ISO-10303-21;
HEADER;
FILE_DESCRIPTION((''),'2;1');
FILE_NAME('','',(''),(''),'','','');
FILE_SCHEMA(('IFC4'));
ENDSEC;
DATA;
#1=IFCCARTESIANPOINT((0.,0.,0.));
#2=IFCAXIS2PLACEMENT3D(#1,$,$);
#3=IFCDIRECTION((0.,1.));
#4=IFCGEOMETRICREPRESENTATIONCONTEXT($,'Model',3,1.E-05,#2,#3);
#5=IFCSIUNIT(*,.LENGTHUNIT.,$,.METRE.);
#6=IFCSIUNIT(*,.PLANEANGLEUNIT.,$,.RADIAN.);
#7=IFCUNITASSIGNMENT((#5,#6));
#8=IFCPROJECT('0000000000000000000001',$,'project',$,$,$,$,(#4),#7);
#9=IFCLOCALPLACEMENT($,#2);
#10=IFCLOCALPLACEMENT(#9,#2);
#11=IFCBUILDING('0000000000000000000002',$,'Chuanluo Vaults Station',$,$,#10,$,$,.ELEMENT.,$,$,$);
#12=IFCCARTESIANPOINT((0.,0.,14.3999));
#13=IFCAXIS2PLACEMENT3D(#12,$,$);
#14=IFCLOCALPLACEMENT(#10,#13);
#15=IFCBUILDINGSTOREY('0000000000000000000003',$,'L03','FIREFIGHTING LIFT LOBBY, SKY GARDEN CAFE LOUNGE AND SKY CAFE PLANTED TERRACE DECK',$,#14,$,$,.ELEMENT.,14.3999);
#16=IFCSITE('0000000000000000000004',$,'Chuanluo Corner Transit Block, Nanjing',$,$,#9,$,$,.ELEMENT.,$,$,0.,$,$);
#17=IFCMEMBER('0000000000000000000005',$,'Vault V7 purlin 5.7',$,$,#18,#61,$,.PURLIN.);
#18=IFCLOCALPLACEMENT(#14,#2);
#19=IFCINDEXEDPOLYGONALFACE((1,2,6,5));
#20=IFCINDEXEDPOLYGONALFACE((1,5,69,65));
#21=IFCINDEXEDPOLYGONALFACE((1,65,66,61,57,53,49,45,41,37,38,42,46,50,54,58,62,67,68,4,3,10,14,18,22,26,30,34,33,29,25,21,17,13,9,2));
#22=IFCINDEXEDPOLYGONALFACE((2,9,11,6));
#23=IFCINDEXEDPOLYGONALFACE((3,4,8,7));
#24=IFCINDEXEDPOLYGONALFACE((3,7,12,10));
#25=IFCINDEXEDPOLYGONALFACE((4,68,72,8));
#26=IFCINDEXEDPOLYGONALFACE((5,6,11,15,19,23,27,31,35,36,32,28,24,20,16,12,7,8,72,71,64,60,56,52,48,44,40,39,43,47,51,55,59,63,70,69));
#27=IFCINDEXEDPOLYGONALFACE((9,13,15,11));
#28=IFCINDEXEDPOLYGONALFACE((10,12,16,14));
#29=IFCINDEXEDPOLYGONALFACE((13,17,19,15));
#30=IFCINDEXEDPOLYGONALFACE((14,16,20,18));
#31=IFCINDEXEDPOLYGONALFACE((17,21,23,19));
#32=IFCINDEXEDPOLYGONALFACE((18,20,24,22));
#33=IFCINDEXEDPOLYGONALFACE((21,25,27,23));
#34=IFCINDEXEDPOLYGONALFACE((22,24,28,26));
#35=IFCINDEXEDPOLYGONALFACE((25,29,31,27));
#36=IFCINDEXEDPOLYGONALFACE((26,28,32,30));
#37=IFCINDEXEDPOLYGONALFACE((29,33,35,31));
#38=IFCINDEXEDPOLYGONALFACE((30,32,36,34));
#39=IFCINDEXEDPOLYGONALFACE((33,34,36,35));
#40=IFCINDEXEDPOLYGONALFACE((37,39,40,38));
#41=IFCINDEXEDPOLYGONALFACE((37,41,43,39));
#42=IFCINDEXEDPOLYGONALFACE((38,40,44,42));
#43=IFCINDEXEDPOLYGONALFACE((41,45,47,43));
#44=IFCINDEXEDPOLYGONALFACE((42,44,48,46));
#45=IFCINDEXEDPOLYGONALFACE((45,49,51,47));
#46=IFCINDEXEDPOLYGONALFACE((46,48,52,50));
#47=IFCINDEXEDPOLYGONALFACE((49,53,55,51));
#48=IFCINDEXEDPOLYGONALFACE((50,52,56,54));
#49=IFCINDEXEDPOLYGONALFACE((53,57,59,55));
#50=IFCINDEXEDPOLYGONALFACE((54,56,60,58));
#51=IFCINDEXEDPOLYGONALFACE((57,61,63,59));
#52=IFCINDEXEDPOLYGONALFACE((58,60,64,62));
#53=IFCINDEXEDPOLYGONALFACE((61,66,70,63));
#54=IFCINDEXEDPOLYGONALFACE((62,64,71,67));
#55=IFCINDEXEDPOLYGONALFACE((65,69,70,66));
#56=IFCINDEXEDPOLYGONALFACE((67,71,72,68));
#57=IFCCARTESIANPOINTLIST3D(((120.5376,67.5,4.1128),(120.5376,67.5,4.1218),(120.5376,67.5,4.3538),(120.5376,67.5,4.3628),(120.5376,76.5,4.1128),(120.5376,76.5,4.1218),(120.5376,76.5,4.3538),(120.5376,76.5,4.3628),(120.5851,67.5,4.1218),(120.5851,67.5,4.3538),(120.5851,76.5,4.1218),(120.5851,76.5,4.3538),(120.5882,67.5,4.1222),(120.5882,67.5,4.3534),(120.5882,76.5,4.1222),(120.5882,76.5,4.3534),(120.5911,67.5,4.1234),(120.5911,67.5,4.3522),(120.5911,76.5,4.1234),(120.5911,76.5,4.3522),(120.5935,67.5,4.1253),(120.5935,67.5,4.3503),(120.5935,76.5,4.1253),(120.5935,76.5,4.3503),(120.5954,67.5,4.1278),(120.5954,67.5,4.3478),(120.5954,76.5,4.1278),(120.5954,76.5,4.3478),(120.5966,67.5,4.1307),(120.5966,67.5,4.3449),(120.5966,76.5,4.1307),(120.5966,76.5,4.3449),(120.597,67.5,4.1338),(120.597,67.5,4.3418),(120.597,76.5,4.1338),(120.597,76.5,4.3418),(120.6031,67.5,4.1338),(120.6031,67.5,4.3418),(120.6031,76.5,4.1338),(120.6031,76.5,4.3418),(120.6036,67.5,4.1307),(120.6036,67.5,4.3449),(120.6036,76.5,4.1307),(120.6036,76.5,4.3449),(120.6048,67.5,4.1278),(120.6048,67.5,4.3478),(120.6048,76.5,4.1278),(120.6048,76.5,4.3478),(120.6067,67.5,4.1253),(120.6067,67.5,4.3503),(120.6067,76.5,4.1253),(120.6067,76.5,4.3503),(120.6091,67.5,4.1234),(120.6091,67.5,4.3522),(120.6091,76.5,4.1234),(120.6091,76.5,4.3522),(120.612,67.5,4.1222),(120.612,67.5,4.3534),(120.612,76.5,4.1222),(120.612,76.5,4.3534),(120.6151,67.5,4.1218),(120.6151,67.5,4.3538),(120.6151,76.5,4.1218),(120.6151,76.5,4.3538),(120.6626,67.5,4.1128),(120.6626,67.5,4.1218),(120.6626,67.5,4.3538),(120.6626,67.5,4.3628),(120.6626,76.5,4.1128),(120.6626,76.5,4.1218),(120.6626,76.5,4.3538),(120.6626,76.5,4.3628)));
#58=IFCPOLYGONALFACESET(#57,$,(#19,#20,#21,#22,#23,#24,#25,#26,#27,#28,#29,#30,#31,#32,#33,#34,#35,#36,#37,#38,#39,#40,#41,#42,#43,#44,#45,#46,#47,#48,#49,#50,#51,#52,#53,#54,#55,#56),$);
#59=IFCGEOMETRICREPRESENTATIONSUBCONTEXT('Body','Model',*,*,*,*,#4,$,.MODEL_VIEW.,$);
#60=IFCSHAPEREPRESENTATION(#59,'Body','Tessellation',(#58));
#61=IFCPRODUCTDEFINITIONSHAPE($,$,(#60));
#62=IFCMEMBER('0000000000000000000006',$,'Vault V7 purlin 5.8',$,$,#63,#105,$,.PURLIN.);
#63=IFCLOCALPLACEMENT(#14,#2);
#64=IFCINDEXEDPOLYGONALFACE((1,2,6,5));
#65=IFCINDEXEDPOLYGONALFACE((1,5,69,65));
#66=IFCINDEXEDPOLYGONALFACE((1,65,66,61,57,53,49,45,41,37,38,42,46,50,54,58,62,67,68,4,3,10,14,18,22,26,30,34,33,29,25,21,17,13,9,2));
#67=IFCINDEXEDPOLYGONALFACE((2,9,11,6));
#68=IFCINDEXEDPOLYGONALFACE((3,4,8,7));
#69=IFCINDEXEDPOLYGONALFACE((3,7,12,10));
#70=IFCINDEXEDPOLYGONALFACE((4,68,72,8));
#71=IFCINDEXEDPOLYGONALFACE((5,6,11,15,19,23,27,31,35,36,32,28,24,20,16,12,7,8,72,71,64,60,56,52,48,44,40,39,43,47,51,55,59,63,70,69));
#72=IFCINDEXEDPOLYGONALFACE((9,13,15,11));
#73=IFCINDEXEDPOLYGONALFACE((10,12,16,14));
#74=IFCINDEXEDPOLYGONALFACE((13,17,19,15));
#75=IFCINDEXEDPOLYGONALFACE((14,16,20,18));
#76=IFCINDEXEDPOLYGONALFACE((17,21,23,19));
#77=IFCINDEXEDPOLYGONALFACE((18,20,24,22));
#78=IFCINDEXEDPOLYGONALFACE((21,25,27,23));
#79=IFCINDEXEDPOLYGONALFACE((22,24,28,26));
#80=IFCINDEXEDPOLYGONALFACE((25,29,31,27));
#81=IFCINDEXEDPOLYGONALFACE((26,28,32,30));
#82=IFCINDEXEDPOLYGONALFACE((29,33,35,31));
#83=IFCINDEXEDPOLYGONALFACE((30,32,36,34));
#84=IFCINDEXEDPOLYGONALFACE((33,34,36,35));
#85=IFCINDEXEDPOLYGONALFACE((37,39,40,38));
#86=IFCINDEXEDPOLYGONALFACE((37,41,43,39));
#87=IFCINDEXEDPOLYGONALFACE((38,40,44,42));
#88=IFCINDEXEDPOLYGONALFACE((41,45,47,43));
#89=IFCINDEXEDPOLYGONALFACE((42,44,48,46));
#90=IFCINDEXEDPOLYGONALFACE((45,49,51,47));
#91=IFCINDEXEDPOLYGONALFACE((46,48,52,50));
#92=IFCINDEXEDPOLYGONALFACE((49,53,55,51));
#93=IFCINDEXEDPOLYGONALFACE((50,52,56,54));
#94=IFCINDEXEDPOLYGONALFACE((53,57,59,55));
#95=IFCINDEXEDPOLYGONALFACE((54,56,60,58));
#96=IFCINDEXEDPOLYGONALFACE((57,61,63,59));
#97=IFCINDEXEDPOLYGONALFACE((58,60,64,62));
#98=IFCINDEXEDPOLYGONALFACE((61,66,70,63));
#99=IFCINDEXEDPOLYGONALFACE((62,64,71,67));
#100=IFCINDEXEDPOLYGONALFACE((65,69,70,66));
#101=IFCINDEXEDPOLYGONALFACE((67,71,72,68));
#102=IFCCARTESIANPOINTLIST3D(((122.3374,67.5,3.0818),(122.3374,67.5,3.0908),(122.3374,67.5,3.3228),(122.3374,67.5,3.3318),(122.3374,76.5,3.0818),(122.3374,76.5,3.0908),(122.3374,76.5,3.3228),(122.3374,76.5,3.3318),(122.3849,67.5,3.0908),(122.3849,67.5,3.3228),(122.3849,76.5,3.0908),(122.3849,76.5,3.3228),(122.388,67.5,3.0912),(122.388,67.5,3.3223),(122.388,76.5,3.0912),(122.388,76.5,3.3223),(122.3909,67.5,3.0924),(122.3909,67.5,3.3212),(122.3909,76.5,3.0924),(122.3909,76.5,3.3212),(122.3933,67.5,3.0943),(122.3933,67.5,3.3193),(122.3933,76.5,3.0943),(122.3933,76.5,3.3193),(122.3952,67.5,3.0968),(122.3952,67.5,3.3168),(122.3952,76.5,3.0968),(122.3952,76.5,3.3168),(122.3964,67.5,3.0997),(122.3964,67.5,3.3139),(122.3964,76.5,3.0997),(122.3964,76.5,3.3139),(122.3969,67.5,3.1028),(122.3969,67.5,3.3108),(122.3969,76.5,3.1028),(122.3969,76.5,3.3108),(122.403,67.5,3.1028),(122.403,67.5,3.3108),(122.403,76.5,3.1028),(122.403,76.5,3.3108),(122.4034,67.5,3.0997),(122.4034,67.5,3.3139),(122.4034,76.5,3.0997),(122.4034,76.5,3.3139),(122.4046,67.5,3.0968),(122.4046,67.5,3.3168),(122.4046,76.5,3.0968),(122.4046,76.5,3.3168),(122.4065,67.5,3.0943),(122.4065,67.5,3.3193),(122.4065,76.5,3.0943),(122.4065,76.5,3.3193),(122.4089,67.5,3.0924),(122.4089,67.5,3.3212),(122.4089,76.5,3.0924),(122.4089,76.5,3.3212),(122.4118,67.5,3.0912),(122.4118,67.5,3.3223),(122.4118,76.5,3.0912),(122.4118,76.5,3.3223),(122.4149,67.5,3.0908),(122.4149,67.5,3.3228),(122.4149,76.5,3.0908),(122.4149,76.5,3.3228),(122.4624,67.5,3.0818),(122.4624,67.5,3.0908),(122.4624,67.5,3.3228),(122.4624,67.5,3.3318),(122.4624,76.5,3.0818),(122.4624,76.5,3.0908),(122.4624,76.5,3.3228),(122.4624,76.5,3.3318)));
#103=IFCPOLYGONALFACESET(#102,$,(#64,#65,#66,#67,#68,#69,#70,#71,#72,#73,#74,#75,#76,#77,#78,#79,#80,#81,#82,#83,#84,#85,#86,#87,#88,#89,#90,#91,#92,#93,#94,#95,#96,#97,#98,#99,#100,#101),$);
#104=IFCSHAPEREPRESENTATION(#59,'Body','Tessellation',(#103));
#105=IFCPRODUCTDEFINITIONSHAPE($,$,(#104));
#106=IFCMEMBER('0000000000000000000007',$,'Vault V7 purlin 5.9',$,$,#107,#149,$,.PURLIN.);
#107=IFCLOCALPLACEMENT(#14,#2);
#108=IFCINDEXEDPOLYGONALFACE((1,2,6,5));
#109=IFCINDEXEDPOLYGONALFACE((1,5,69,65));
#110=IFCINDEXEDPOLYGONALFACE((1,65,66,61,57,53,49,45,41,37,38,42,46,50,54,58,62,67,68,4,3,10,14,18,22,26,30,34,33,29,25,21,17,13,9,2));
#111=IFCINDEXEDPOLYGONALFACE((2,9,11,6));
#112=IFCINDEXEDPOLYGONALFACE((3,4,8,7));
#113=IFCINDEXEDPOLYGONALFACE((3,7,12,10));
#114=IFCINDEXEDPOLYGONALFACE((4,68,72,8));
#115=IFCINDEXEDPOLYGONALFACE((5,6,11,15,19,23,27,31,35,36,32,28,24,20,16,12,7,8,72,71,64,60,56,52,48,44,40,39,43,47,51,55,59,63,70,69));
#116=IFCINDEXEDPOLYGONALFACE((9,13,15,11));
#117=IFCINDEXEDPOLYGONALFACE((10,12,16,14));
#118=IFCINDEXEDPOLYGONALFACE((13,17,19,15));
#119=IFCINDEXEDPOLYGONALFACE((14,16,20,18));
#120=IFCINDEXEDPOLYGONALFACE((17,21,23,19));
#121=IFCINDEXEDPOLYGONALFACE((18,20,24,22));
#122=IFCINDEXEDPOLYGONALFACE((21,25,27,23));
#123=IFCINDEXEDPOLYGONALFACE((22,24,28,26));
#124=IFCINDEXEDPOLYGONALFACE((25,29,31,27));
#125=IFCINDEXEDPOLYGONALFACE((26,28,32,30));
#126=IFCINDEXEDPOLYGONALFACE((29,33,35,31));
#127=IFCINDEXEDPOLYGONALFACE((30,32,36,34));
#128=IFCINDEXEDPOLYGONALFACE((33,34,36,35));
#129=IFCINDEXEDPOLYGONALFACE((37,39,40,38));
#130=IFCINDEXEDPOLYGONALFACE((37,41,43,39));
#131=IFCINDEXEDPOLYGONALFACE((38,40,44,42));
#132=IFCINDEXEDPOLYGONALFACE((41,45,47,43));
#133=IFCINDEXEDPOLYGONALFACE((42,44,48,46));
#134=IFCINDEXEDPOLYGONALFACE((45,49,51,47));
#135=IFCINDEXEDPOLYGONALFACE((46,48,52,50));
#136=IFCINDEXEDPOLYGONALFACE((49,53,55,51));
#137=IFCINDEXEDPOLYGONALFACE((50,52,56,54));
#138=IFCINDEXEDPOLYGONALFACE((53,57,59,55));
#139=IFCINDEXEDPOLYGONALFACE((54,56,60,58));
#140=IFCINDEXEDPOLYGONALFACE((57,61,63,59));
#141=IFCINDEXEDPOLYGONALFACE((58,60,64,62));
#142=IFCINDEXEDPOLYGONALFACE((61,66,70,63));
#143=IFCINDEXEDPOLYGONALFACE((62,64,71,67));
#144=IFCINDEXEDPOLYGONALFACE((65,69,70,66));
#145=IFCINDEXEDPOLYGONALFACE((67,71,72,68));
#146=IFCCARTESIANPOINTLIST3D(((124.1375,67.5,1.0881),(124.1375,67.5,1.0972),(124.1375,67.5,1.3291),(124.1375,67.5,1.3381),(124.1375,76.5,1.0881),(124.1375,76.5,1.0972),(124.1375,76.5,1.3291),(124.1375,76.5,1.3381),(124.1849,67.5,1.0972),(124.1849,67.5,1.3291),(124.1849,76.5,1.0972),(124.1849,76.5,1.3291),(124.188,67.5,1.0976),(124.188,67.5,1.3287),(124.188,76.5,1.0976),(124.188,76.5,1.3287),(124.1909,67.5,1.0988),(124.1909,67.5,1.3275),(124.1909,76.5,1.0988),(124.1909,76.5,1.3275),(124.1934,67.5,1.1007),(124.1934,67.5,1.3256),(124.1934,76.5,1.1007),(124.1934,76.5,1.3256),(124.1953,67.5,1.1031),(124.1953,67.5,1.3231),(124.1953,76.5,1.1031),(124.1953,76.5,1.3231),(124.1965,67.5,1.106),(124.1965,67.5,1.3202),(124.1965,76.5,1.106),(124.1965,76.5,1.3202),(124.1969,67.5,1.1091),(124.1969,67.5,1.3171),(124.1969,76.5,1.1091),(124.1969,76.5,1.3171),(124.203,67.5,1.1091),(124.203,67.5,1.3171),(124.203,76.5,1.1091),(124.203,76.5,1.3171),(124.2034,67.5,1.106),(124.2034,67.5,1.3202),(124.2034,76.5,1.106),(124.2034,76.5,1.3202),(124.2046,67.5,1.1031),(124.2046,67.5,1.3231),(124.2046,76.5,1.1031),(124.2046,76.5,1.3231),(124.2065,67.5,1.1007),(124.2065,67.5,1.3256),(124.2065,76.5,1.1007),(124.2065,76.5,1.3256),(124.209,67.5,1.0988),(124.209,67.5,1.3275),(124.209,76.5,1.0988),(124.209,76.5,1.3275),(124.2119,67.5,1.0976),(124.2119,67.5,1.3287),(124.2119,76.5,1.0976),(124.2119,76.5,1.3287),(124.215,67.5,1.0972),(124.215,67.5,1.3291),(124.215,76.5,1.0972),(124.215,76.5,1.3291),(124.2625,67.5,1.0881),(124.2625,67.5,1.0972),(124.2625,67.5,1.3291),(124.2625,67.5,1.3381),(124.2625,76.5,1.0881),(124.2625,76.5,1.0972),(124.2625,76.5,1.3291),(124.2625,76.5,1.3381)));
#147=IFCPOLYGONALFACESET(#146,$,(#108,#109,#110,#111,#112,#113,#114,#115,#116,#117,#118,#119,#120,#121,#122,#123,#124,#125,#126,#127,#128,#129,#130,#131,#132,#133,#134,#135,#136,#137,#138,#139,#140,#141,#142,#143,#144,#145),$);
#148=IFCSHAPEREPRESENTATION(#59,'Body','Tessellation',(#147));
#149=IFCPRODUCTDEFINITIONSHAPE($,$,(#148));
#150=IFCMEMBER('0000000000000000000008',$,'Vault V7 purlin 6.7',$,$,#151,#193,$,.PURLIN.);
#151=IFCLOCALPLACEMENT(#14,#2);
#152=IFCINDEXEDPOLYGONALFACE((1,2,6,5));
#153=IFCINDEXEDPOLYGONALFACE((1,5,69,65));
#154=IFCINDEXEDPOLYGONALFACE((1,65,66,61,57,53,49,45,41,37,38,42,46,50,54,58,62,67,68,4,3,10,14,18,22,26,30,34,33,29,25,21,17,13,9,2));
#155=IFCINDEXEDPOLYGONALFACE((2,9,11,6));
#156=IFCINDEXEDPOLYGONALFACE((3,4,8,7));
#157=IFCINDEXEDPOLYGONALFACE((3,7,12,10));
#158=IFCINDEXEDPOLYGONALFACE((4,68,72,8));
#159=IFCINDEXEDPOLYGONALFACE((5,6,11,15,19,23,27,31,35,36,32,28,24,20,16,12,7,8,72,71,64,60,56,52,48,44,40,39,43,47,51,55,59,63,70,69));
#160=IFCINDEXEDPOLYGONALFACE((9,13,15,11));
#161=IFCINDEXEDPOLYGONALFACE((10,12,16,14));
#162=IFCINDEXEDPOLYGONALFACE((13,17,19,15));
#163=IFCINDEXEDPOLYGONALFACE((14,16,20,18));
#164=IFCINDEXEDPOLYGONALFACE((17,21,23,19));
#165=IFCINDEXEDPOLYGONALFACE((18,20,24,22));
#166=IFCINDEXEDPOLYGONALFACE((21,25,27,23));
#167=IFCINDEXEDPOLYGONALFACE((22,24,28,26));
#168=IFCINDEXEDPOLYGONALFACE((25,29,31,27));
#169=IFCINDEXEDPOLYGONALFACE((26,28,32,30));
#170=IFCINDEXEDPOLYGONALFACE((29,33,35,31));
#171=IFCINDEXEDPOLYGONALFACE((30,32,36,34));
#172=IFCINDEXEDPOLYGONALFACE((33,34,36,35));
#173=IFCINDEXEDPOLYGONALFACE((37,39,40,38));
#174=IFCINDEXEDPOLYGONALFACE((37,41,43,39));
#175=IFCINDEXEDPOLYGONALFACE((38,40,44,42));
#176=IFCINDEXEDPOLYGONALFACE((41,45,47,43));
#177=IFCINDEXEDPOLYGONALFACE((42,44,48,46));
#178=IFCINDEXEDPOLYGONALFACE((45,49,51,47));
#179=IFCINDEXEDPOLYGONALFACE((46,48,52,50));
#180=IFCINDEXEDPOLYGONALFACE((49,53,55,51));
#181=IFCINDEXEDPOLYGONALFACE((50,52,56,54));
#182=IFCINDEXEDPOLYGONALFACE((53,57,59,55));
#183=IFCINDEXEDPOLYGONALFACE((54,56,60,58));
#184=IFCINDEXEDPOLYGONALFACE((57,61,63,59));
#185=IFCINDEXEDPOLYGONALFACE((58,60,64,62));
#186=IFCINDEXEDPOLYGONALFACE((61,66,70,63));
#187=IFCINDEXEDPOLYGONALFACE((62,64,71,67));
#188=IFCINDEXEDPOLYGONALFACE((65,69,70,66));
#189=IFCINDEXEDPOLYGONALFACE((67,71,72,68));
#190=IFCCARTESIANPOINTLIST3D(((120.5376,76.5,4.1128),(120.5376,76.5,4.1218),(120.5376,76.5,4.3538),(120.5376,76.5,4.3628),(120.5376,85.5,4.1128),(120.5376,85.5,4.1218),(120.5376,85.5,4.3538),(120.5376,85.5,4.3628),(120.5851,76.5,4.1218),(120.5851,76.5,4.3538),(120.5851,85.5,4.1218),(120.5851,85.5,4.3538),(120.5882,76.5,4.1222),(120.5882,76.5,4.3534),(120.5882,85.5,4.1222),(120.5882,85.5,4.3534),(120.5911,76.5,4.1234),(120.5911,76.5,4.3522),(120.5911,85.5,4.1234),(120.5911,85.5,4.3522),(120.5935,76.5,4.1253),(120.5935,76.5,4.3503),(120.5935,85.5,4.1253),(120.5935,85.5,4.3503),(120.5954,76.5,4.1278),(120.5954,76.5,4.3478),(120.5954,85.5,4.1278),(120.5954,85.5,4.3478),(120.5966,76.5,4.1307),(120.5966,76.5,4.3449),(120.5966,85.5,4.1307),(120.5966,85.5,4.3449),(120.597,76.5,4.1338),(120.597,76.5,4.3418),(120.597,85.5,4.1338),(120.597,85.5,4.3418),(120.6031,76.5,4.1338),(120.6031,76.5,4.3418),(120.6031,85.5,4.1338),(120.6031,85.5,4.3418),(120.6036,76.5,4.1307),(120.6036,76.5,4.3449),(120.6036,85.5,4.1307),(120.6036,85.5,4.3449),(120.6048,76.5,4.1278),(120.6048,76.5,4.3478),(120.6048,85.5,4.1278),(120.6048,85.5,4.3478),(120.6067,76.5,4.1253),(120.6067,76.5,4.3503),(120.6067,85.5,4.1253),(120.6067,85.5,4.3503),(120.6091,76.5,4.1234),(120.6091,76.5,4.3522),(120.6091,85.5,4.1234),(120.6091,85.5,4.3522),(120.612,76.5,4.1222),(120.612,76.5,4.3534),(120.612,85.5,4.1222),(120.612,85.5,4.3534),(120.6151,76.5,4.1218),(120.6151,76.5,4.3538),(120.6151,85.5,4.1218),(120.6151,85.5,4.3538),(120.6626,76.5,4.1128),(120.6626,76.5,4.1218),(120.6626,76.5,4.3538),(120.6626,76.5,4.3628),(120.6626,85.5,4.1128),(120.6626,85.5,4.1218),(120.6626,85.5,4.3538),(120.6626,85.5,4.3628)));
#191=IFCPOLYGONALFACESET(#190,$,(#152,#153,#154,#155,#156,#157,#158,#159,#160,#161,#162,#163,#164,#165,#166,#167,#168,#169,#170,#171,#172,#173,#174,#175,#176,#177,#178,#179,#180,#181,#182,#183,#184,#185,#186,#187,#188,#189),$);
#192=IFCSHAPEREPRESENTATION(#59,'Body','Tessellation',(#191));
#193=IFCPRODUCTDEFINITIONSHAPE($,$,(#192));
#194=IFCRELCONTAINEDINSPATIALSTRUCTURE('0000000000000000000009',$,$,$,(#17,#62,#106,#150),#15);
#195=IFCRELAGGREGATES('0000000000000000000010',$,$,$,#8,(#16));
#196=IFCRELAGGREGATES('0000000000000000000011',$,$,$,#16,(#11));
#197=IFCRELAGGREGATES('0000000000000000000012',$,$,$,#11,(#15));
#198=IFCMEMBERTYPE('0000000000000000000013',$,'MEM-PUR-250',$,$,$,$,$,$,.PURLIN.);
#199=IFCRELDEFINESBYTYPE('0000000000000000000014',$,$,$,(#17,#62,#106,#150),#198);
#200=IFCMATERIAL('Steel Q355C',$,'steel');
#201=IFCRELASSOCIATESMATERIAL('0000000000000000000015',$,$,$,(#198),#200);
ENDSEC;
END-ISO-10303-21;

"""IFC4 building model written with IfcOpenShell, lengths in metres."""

from ifc_helpers import new_model, si_unit, direction, frame, origin, origin_2d, place, context, subcontext, project, spatial, i_section, extrude, material, material_profile, profile_set, type_object, element, save


model = new_model("IFC4")

# Units and contexts
model_context = context("Model", 3, precision=1e-05, world=origin(), true_north=direction((0.0, 1.0)))
body_context = subcontext(model_context, "Body", "Model", "MODEL_VIEW")
ifc_project = project(units=[si_unit("LENGTHUNIT", "METRE"), si_unit("PLANEANGLEUNIT", "RADIAN")], contexts=[model_context])

# Site, building, storey
site_placement = place(None, origin())
site = spatial("IfcSite", under=ifc_project, at=site_placement, Name="Chuanluo Corner Transit Block, Nanjing", CompositionType="ELEMENT", RefElevation=0.0)
building_placement = place(site_placement, origin())
building = spatial("IfcBuilding", under=site, at=building_placement, Name="Chuanluo Vaults Station", CompositionType="ELEMENT")
storey_placement = place(building_placement, frame((0.0, 0.0, 14.3999)))
storey = spatial("IfcBuildingStorey", under=building, at=storey_placement, Name="L03", Description="FIREFIGHTING LIFT LOBBY, SKY GARDEN CAFE LOUNGE AND SKY CAFE PLANTED TERRACE DECK", CompositionType="ELEMENT", Elevation=14.3999)

# Members
ifc_material_1 = material(Name="Steel Q355C", Category="steel")
ifc_material_profile_1 = material_profile(ifc_material_1, i_section(OverallWidth=0.125, OverallDepth=0.25, WebThickness=0.0061, FlangeThickness=0.009, FilletRadius=0.012, at=origin_2d()))
ifc_profile_set_1 = profile_set([ifc_material_profile_1], Name="Steel Q355C")
member_type_1 = type_object("IfcMemberType", Name="MEM-PUR-250", PredefinedType="PURLIN", material=ifc_profile_set_1)
for number, where, z_axis, x_axis, name in (
    (1, (120.6001, 67.5, 4.2378), (0.0, 1.0, 0.0), (-1.0, 0.0, 0.0), "Vault V7 purlin 5.7"),
    (2, (122.3999, 67.5, 3.2068), (0.0, 1.0, 0.0), (-1.0, 0.0, 0.0), "Vault V7 purlin 5.8"),
    (3, (124.2, 67.5, 1.2131), (0.0, 1.0, 0.0), (-1.0, 0.0, 0.0), "Vault V7 purlin 5.9"),
    (4, (120.6001, 76.5, 4.2378), (0.0, 1.0, 0.0), (-1.0, 0.0, 0.0), "Vault V7 purlin 6.7"),
):
    element("IfcMember", number, at=place(storey_placement, frame(where, z_axis=z_axis, x_axis=x_axis)), inside=storey, type_object=member_type_1, Name=name, PredefinedType="PURLIN", context=body_context, shape_type="SweptSolid", body=[
        extrude(i_section(OverallWidth=0.125, OverallDepth=0.25, WebThickness=0.0061, FlangeThickness=0.009, FilletRadius=0.012, at=origin_2d()), origin(), (0.0, 0.0, 1.0), 9.0),
    ])

save(model, "model.ifc")
